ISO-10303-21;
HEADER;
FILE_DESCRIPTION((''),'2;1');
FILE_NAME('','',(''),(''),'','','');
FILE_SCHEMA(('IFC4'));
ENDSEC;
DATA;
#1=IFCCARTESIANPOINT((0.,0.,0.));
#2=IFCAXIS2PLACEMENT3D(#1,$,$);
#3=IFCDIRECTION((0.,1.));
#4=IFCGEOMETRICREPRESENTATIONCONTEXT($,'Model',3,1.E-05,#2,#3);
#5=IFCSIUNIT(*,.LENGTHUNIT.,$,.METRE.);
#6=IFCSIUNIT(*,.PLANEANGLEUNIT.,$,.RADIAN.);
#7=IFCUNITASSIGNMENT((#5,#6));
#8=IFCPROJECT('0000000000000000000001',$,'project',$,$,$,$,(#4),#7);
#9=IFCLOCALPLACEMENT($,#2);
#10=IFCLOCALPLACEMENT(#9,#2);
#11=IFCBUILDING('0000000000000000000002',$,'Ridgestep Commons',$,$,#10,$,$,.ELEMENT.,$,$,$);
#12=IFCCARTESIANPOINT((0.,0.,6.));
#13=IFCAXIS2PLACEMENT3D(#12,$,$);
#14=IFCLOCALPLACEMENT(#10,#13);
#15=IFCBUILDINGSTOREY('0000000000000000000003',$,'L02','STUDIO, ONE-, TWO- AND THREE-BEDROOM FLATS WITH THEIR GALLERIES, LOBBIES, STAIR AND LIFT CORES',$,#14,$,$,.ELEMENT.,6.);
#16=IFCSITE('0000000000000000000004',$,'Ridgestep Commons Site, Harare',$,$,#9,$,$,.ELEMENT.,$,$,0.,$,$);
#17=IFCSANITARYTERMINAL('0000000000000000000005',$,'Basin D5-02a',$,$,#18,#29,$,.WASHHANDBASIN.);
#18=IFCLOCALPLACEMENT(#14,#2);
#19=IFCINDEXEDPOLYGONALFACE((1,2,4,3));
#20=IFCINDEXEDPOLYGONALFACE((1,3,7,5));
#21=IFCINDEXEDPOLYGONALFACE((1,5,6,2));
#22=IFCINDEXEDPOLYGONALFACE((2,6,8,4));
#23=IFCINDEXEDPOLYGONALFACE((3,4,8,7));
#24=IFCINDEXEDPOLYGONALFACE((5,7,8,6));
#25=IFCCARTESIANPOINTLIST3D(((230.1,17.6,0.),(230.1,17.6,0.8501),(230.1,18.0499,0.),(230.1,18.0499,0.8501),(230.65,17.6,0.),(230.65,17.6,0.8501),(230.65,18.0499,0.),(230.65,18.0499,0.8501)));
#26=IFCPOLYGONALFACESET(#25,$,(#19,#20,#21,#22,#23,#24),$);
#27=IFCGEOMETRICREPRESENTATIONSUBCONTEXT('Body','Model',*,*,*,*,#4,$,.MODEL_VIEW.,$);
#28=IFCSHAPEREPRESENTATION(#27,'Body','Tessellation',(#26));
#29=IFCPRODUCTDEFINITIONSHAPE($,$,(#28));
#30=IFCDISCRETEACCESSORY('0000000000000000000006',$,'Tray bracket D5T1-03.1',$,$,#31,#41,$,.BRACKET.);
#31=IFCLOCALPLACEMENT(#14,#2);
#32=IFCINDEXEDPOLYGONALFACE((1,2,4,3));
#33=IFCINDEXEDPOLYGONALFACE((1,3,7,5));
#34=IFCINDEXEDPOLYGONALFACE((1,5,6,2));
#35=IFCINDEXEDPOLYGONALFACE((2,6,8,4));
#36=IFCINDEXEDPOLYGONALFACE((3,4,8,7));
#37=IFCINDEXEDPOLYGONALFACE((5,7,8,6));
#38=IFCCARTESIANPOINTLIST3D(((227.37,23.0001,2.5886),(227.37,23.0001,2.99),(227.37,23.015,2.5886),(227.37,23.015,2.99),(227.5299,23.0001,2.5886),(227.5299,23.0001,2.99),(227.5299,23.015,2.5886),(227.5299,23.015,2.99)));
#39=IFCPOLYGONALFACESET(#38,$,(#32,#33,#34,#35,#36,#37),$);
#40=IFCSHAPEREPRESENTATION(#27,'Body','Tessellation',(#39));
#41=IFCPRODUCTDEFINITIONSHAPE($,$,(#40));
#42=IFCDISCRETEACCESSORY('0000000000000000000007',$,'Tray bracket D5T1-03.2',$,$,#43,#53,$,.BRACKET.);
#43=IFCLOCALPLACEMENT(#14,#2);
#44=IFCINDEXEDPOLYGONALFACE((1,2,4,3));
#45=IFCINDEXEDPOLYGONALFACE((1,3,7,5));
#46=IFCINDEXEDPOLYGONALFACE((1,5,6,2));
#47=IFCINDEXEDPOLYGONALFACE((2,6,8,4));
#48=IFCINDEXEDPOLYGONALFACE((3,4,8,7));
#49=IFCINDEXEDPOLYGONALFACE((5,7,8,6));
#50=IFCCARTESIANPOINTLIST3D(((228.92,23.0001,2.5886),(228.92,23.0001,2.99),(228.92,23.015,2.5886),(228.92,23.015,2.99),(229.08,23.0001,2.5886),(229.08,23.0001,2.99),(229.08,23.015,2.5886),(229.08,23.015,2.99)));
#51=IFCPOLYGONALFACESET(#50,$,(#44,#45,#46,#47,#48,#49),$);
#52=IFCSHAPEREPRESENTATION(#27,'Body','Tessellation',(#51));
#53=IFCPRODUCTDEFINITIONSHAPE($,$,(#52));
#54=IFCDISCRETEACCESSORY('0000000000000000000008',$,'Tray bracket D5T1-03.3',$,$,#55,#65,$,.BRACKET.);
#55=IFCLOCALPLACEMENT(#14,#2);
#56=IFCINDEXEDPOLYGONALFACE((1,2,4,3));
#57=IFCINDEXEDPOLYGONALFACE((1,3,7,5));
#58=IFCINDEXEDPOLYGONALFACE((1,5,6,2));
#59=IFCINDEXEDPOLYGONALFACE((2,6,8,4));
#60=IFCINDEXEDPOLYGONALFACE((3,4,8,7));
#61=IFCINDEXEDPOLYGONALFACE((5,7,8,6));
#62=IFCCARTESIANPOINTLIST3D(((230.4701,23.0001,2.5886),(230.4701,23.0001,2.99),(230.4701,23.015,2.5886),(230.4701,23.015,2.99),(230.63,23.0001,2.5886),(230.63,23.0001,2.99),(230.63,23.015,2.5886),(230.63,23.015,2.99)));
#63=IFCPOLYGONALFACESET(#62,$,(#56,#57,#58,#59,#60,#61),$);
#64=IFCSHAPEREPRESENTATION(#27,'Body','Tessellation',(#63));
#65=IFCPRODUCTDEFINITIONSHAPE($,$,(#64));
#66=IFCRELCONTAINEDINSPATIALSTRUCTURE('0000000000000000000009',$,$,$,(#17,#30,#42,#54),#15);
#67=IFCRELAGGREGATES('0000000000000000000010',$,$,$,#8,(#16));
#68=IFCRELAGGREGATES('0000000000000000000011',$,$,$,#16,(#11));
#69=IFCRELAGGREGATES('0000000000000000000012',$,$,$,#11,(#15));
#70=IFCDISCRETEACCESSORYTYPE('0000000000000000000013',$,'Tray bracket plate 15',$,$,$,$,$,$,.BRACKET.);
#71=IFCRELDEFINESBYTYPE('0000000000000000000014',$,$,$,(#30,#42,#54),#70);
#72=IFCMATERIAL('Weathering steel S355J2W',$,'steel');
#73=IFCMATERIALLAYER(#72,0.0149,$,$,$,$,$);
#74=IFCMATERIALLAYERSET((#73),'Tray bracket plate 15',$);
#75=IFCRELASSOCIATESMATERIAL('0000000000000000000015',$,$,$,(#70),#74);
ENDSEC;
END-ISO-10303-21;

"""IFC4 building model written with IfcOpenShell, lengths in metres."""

from ifc_helpers import new_model, si_unit, direction, frame, origin, origin_2d, place, context, subcontext, project, spatial, rectangle, extrude, material, layer, layer_set, type_object, element, save


model = new_model("IFC4")

# Units and contexts
model_context = context("Model", 3, precision=1e-05, world=origin(), true_north=direction((0.0, 1.0)))
body_context = subcontext(model_context, "Body", "Model", "MODEL_VIEW")
ifc_project = project(units=[si_unit("LENGTHUNIT", "METRE"), si_unit("PLANEANGLEUNIT", "RADIAN")], contexts=[model_context])

# Site, building, storey
site_placement = place(None, origin())
site = spatial("IfcSite", under=ifc_project, at=site_placement, Name="Ridgestep Commons Site, Harare", CompositionType="ELEMENT", RefElevation=0.0)
building_placement = place(site_placement, origin())
building = spatial("IfcBuilding", under=site, at=building_placement, Name="Ridgestep Commons", CompositionType="ELEMENT")
storey_placement = place(building_placement, frame((0.0, 0.0, 6.0)))
storey = spatial("IfcBuildingStorey", under=building, at=storey_placement, Name="L02", Description="STUDIO, ONE-, TWO- AND THREE-BEDROOM FLATS WITH THEIR GALLERIES, LOBBIES, STAIR AND LIFT CORES", CompositionType="ELEMENT", Elevation=6.0)

# Sanitary terminal
sanitary_terminal_1_placement = place(storey_placement, frame((230.375, 17.825, 0.0), z_axis=(0.0, 0.0, 1.0), x_axis=(1.0, 0.0, 0.0)))
element("IfcSanitaryTerminal", 1, at=sanitary_terminal_1_placement, inside=storey, Name="Basin D5-02a", PredefinedType="WASHHANDBASIN", context=body_context, shape_type="SweptSolid", body=[
    extrude(rectangle(XDim=0.55, YDim=0.45, at=origin_2d()), origin(), (0.0, 0.0, 1.0), 0.8501),
])

# Discrete accessories
ifc_material_1 = material(Name="Weathering steel S355J2W", Category="steel")
ifc_layer_1 = layer(ifc_material_1, 0.0149)
ifc_layer_set_1 = layer_set([ifc_layer_1], Name="Tray bracket plate 15")
discrete_accessory_type = type_object("IfcDiscreteAccessoryType", Name="Tray bracket plate 15", PredefinedType="BRACKET", material=ifc_layer_set_1)
for number, where, z_axis, x_axis, name in (
    (2, (227.45, 23.0076, 2.5886), (0.0, 0.0, 1.0), (1.0, 0.0, 0.0), "Tray bracket D5T1-03.1"),
    (3, (229.0, 23.0076, 2.5886), (0.0, 0.0, 1.0), (1.0, 0.0, 0.0), "Tray bracket D5T1-03.2"),
    (4, (230.55, 23.0076, 2.5886), (0.0, 0.0, 1.0), (1.0, 0.0, 0.0), "Tray bracket D5T1-03.3"),
):
    element("IfcDiscreteAccessory", number, at=place(storey_placement, frame(where, z_axis=z_axis, x_axis=x_axis)), inside=storey, type_object=discrete_accessory_type, Name=name, PredefinedType="BRACKET", context=body_context, shape_type="SweptSolid", body=[
        extrude(rectangle(XDim=0.1599, YDim=0.0149, at=origin_2d()), origin(), (0.0, 0.0, 1.0), 0.4014),
    ])

save(model, "model.ifc")
